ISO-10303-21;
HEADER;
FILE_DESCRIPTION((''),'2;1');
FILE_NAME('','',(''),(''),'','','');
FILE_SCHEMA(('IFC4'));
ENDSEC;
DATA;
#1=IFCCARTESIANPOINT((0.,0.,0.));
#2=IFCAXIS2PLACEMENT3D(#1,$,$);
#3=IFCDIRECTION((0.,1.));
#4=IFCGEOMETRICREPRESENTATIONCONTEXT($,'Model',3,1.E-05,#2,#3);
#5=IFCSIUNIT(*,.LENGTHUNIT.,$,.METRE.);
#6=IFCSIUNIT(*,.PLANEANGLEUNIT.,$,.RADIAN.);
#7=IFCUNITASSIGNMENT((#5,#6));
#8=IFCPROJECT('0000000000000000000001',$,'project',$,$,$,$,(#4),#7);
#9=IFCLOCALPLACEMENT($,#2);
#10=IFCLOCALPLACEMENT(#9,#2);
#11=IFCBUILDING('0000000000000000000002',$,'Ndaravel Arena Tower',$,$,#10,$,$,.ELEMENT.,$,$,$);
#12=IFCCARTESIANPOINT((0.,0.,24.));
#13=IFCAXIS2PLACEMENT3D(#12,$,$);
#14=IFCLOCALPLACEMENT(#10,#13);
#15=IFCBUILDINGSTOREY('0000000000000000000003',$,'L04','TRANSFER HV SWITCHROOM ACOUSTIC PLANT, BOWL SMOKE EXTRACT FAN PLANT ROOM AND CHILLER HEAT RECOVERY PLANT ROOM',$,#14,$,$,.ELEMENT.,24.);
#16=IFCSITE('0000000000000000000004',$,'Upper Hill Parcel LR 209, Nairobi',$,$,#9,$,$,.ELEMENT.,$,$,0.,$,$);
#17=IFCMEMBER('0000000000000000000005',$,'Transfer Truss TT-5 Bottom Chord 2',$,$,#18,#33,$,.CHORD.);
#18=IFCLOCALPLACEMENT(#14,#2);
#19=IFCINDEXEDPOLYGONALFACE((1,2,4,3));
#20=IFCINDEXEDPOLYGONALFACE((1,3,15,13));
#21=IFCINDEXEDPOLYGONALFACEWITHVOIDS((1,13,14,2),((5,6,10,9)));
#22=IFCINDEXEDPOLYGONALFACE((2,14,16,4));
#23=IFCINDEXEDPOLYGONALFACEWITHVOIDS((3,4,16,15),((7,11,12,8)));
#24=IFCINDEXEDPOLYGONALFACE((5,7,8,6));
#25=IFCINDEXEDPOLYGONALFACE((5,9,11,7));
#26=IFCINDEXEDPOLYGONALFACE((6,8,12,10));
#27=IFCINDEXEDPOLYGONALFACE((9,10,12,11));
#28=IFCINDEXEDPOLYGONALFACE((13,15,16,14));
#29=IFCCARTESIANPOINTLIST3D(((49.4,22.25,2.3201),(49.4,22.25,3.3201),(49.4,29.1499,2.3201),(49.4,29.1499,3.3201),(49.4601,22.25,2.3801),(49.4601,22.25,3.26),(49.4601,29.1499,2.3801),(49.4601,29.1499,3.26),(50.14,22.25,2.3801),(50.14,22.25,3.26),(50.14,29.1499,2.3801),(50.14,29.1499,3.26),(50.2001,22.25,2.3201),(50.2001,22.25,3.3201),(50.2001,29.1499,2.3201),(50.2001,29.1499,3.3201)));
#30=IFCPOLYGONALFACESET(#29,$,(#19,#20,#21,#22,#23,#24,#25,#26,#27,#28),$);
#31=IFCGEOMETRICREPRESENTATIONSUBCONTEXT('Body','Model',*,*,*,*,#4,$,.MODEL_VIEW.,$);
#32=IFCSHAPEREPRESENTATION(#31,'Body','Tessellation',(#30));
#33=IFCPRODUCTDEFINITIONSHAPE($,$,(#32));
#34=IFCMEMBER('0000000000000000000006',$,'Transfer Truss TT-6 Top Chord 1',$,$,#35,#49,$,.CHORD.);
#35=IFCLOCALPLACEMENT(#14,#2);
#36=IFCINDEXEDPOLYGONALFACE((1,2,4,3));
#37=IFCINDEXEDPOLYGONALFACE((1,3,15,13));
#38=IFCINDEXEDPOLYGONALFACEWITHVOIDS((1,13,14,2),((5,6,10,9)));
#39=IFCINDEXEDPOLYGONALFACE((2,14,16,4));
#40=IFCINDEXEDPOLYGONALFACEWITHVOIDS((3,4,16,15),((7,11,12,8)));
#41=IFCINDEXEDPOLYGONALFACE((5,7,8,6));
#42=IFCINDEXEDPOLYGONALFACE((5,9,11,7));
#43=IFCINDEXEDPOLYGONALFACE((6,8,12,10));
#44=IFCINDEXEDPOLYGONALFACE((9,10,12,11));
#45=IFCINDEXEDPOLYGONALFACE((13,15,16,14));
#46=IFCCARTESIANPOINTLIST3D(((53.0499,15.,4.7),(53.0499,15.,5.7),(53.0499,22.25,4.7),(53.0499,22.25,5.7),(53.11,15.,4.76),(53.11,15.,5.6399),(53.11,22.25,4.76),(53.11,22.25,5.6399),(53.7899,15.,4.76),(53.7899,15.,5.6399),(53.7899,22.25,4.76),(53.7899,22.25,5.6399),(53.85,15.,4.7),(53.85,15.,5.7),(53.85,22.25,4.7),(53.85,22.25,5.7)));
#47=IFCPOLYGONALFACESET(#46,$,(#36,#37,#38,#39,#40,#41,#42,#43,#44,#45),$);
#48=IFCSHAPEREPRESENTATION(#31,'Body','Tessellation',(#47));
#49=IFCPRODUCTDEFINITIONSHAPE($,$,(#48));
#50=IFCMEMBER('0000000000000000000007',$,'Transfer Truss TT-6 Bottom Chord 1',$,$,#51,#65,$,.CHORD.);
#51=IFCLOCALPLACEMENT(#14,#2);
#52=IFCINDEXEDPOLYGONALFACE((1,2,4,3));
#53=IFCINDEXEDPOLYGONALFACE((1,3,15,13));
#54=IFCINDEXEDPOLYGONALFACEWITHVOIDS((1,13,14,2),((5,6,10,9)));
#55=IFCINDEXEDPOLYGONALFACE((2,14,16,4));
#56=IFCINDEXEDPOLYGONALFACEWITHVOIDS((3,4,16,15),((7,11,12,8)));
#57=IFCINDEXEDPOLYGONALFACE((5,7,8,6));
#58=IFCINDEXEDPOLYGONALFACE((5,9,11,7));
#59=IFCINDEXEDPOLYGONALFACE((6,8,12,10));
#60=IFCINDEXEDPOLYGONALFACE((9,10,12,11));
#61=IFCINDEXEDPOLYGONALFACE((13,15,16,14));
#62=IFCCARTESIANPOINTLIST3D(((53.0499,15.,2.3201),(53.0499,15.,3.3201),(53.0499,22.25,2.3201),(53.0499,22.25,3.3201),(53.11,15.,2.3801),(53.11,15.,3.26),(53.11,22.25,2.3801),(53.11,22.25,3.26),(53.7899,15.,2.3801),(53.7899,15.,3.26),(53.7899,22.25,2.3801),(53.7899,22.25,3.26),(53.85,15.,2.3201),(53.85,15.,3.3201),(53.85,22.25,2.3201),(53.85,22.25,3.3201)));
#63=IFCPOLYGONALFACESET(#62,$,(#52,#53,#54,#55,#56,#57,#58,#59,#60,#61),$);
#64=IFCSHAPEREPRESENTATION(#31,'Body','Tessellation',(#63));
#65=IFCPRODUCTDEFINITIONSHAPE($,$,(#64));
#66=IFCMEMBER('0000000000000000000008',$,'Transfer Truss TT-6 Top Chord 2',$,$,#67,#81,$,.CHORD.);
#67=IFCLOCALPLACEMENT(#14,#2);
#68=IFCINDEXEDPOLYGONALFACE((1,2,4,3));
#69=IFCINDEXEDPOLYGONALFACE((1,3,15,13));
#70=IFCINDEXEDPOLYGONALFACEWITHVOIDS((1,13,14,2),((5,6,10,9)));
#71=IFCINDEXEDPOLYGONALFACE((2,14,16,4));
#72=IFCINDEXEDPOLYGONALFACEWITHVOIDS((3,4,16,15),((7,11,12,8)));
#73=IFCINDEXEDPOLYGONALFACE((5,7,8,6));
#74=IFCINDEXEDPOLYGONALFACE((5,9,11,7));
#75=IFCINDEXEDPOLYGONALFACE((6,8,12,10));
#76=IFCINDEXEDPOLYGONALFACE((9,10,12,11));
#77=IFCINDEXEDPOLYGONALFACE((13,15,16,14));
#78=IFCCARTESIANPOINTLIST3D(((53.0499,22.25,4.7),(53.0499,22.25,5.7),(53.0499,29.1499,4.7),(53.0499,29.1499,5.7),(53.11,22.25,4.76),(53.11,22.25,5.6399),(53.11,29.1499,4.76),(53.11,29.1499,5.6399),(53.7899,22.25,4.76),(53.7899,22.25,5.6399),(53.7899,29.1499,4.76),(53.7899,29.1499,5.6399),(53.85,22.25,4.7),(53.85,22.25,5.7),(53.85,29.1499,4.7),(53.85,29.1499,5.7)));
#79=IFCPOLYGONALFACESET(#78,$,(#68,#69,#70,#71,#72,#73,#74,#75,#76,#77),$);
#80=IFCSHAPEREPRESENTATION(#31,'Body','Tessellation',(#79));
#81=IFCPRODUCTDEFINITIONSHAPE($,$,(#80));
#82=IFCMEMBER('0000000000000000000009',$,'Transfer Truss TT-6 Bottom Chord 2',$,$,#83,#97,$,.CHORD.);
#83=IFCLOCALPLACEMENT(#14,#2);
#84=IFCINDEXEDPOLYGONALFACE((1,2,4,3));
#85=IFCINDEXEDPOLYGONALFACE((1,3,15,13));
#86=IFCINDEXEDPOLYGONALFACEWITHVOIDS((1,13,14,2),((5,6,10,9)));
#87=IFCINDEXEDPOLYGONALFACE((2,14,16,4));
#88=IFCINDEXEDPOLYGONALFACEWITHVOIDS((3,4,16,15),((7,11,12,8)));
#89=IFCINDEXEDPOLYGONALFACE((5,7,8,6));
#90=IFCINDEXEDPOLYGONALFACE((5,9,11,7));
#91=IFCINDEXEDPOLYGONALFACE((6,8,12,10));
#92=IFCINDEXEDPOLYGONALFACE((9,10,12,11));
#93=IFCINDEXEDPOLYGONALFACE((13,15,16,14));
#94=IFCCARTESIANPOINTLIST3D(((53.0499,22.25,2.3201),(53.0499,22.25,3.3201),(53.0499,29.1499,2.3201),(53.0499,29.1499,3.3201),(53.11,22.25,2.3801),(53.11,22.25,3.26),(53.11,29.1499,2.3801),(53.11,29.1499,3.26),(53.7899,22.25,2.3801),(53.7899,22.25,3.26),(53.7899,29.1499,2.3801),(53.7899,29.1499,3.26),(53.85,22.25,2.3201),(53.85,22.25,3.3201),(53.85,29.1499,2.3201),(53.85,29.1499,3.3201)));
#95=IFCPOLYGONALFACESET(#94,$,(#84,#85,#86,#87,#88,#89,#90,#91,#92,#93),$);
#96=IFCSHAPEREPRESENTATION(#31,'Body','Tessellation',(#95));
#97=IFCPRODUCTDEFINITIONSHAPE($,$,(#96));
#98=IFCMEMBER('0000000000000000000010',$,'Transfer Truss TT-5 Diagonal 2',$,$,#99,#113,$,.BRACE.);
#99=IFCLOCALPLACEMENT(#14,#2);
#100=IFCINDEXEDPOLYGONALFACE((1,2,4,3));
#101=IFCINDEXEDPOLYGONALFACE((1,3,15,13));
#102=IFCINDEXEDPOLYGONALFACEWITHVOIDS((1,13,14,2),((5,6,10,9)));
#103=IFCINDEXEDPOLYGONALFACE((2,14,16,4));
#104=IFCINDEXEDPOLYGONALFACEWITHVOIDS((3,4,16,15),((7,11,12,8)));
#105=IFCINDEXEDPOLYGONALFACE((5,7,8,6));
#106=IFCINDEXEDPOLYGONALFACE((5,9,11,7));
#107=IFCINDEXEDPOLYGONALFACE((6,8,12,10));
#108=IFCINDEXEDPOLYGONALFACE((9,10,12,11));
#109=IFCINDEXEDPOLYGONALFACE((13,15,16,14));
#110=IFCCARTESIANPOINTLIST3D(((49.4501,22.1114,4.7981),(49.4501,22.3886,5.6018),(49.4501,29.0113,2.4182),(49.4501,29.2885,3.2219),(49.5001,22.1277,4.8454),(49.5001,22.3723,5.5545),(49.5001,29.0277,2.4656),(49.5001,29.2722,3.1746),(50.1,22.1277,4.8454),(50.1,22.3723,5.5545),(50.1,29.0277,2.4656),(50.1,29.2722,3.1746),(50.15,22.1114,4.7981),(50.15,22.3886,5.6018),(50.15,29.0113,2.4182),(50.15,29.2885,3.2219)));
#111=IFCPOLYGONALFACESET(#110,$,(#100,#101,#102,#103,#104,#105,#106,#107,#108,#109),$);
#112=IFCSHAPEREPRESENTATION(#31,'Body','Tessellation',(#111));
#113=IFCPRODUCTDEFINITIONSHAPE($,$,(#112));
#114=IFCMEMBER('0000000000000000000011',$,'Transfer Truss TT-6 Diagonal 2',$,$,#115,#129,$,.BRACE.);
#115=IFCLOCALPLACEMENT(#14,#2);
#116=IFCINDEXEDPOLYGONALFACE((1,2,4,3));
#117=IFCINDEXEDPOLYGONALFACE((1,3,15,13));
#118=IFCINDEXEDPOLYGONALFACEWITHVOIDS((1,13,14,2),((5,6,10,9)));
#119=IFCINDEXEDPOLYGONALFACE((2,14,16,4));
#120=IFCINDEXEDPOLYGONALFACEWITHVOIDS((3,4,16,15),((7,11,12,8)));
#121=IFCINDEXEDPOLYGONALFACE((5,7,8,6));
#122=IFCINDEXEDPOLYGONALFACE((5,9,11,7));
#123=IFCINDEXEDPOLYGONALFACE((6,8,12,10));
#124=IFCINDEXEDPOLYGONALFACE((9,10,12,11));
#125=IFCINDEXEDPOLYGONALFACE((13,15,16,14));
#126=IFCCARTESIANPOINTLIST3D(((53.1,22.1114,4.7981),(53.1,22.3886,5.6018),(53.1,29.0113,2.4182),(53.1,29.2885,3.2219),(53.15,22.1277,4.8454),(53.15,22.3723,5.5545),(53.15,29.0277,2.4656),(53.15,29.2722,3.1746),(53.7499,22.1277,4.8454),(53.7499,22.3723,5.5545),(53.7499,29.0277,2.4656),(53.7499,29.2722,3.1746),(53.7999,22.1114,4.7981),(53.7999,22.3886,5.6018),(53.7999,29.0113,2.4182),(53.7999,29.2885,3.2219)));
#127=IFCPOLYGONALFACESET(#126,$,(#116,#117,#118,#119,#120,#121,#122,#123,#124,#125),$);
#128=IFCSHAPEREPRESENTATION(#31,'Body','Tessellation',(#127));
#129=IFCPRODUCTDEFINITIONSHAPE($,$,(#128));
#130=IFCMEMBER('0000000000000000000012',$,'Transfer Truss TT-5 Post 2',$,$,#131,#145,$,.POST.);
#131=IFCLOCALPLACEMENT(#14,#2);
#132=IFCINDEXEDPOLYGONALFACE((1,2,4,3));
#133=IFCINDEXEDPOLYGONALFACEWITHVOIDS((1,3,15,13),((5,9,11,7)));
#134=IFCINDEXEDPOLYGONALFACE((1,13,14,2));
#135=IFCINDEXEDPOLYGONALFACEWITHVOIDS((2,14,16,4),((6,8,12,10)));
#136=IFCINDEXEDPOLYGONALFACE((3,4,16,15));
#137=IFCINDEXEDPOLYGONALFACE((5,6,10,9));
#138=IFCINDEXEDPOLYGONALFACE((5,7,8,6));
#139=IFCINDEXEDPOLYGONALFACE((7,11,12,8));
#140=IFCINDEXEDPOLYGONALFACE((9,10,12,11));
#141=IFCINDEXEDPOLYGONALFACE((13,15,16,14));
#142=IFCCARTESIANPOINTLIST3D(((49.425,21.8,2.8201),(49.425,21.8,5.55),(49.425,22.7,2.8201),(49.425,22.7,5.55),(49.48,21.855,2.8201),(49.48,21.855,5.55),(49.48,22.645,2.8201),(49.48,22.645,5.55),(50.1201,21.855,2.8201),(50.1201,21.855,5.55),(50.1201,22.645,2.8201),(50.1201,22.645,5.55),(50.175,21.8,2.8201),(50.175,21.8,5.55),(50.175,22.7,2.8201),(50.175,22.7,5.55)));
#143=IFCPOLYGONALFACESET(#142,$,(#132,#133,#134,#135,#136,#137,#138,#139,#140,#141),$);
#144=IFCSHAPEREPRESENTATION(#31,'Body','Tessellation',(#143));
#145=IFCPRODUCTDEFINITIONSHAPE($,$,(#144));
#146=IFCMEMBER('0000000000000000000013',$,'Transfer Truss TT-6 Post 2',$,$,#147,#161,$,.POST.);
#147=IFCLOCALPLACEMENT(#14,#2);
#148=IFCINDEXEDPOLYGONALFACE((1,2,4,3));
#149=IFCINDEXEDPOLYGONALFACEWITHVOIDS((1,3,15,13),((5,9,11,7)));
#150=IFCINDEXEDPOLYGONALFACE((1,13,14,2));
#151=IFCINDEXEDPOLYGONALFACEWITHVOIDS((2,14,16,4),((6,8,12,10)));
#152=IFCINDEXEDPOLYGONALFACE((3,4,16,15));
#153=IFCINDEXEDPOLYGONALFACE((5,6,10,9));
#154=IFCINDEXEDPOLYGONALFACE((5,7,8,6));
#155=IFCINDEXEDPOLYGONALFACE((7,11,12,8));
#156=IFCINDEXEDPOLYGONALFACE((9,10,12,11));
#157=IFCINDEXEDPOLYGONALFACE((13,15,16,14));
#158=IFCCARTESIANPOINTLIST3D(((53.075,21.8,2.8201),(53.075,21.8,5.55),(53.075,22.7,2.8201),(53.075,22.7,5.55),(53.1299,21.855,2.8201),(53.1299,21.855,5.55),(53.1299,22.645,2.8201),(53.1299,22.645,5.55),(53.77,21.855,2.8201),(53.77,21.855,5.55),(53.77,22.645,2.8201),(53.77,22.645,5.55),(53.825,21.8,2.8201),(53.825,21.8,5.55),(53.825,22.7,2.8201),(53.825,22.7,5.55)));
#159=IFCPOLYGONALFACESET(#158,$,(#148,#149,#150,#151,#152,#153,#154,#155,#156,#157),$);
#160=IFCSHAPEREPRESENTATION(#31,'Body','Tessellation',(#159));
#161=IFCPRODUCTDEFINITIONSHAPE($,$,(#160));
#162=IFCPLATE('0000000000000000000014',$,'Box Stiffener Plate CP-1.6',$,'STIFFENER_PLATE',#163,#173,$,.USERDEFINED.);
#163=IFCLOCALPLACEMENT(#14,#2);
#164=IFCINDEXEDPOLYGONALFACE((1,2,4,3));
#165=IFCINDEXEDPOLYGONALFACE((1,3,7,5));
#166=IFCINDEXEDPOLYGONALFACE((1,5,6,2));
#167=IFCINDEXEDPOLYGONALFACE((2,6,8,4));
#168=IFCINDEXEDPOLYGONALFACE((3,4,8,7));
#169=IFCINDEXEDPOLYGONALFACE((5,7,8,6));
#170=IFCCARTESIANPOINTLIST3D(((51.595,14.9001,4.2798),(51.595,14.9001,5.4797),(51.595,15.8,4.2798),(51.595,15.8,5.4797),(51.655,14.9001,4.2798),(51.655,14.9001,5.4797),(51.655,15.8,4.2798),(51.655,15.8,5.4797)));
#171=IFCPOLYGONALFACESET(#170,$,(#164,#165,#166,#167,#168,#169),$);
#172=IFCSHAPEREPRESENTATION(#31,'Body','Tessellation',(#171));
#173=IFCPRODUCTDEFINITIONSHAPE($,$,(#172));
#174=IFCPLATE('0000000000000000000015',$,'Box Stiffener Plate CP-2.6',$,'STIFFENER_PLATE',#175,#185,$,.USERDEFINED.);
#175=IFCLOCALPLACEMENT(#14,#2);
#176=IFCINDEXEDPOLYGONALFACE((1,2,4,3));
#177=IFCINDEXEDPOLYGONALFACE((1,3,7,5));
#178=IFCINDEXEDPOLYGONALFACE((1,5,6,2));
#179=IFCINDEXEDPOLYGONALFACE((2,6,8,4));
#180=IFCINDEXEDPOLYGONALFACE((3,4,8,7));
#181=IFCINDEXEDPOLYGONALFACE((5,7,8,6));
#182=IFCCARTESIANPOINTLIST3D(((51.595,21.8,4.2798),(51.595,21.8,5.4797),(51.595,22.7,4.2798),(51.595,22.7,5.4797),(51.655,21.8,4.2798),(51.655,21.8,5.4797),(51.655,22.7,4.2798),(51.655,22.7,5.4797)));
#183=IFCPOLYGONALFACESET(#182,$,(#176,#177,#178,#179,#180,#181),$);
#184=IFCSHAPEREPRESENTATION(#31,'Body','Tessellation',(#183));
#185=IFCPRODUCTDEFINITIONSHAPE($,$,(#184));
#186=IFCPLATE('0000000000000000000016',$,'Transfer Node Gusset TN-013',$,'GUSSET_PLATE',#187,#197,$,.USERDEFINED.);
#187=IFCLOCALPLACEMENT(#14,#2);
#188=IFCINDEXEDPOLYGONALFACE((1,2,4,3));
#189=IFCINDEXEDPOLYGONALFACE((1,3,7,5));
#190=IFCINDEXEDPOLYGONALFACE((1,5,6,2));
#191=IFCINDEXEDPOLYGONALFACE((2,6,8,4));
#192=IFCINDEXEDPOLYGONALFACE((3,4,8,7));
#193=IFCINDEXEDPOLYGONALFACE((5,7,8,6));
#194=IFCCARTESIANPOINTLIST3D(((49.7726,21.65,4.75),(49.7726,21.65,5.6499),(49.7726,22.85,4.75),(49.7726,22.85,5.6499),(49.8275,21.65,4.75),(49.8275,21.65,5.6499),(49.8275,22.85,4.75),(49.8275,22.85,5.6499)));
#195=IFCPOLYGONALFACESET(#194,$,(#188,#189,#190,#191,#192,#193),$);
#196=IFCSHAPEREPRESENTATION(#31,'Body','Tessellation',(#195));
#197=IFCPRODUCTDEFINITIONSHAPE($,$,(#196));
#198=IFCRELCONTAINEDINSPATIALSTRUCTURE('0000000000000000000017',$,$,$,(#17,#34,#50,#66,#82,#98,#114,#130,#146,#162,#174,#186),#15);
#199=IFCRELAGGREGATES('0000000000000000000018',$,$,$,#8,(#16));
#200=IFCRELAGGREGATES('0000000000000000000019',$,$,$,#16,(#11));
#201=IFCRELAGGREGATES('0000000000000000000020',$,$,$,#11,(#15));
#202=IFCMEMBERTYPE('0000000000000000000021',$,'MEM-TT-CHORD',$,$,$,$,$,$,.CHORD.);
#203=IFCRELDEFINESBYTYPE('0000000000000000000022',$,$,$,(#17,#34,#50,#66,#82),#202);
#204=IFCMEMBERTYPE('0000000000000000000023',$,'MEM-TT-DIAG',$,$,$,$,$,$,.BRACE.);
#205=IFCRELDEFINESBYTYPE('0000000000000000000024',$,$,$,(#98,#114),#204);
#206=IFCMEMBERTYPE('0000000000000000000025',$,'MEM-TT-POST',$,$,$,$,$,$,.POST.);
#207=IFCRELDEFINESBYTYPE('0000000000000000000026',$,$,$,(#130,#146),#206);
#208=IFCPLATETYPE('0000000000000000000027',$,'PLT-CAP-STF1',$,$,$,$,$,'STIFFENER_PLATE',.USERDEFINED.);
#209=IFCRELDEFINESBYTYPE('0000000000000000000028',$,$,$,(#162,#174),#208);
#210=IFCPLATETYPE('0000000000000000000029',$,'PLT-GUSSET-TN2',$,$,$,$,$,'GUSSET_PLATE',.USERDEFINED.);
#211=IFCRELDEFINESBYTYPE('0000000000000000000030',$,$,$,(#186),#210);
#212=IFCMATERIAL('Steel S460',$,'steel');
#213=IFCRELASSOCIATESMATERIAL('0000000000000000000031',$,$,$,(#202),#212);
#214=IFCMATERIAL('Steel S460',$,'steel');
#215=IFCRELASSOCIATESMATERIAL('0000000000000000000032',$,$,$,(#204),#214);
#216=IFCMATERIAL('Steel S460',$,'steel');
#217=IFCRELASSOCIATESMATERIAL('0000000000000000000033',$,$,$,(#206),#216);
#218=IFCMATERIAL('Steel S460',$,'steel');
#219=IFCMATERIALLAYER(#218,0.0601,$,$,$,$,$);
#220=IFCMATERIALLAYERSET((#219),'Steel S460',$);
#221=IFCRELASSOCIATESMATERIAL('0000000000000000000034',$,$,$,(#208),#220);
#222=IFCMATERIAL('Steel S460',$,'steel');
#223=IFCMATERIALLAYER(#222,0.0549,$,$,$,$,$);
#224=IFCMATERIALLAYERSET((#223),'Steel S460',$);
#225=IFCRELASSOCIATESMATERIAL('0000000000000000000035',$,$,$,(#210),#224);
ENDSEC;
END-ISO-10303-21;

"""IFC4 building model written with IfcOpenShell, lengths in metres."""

from ifc_helpers import new_model, si_unit, direction, frame, origin, origin_2d, place, context, subcontext, project, spatial, rectangle, hollow_rectangle, extrude, material, layer, layer_set, material_profile, profile_set, type_object, element, save


model = new_model("IFC4")

# Units and contexts
model_context = context("Model", 3, precision=1e-05, world=origin(), true_north=direction((0.0, 1.0)))
body_context = subcontext(model_context, "Body", "Model", "MODEL_VIEW")
ifc_project = project(units=[si_unit("LENGTHUNIT", "METRE"), si_unit("PLANEANGLEUNIT", "RADIAN")], contexts=[model_context])

# Site, building, storey
site_placement = place(None, origin())
site = spatial("IfcSite", under=ifc_project, at=site_placement, Name="Upper Hill Parcel LR 209, Nairobi", CompositionType="ELEMENT", RefElevation=0.0)
building_placement = place(site_placement, origin())
building = spatial("IfcBuilding", under=site, at=building_placement, Name="Ndaravel Arena Tower", CompositionType="ELEMENT")
storey_placement = place(building_placement, frame((0.0, 0.0, 24.0)))
storey = spatial("IfcBuildingStorey", under=building, at=storey_placement, Name="L04", Description="TRANSFER HV SWITCHROOM ACOUSTIC PLANT, BOWL SMOKE EXTRACT FAN PLANT ROOM AND CHILLER HEAT RECOVERY PLANT ROOM", CompositionType="ELEMENT", Elevation=24.0)

# Members
ifc_material_1 = material(Name="Steel S460", Category="steel")
ifc_material_profile_1 = material_profile(ifc_material_1, hollow_rectangle(XDim=0.8, YDim=1.0, WallThickness=0.0601, at=origin_2d()), Name="BOX 1000x800x60")
ifc_profile_set_1 = profile_set([ifc_material_profile_1], Name="Steel S460")
member_type_1 = type_object("IfcMemberType", Name="MEM-TT-CHORD", PredefinedType="CHORD", material=ifc_profile_set_1)
for number, where, z_axis, x_axis, name in (
    (1, (49.8, 22.25, 2.8201), (0.0, 1.0, 0.0), (-1.0, 0.0, 0.0), "Transfer Truss TT-5 Bottom Chord 2"),
):
    element("IfcMember", number, at=place(storey_placement, frame(where, z_axis=z_axis, x_axis=x_axis)), inside=storey, type_object=member_type_1, Name=name, PredefinedType="CHORD", context=body_context, shape_type="SweptSolid", body=[
        extrude(hollow_rectangle(XDim=0.8, YDim=1.0, WallThickness=0.0601, at=origin_2d()), origin(), (0.0, 0.0, 1.0), 6.8999),
    ])
for number, where, z_axis, x_axis, name in (
    (2, (53.45, 15.0, 5.2), (0.0, 1.0, 0.0), (-1.0, 0.0, 0.0), "Transfer Truss TT-6 Top Chord 1"),
    (3, (53.45, 15.0, 2.8201), (0.0, 1.0, 0.0), (-1.0, 0.0, 0.0), "Transfer Truss TT-6 Bottom Chord 1"),
):
    element("IfcMember", number, at=place(storey_placement, frame(where, z_axis=z_axis, x_axis=x_axis)), inside=storey, type_object=member_type_1, Name=name, PredefinedType="CHORD", context=body_context, shape_type="SweptSolid", body=[
        extrude(hollow_rectangle(XDim=0.8, YDim=1.0, WallThickness=0.0601, at=origin_2d()), origin(), (0.0, 0.0, 1.0), 7.25),
    ])
for number, where, z_axis, x_axis, name in (
    (4, (53.45, 22.25, 5.2), (0.0, 1.0, 0.0), (-1.0, 0.0, 0.0), "Transfer Truss TT-6 Top Chord 2"),
    (5, (53.45, 22.25, 2.8201), (0.0, 1.0, 0.0), (-1.0, 0.0, 0.0), "Transfer Truss TT-6 Bottom Chord 2"),
):
    element("IfcMember", number, at=place(storey_placement, frame(where, z_axis=z_axis, x_axis=x_axis)), inside=storey, type_object=member_type_1, Name=name, PredefinedType="CHORD", context=body_context, shape_type="SweptSolid", body=[
        extrude(hollow_rectangle(XDim=0.8, YDim=1.0, WallThickness=0.0601, at=origin_2d()), origin(), (0.0, 0.0, 1.0), 6.8999),
    ])
ifc_material_2 = material(Name="Steel S460", Category="steel")
ifc_material_profile_2 = material_profile(ifc_material_2, hollow_rectangle(XDim=0.7, YDim=0.8501, WallThickness=0.05, at=origin_2d()), Name="BOX 850x700x50")
ifc_profile_set_2 = profile_set([ifc_material_profile_2], Name="Steel S460")
member_type_2 = type_object("IfcMemberType", Name="MEM-TT-DIAG", PredefinedType="BRACE", material=ifc_profile_set_2)
for number, where, z_axis, x_axis, name in (
    (6, (49.8, 22.25, 5.2), (0.0, 0.945347, -0.326065), (-1.0, 0.0, 0.0), "Transfer Truss TT-5 Diagonal 2"),
    (7, (53.45, 22.25, 5.2), (0.0, 0.945347, -0.326065), (-1.0, 0.0, 0.0), "Transfer Truss TT-6 Diagonal 2"),
):
    element("IfcMember", number, at=place(storey_placement, frame(where, z_axis=z_axis, x_axis=x_axis)), inside=storey, type_object=member_type_2, Name=name, PredefinedType="BRACE", context=body_context, shape_type="SweptSolid", body=[
        extrude(hollow_rectangle(XDim=0.7, YDim=0.8501, WallThickness=0.05, at=origin_2d()), origin(), (0.0, 0.0, 1.0), 7.2988),
    ])
ifc_material_3 = material(Name="Steel S460", Category="steel")
ifc_material_profile_3 = material_profile(ifc_material_3, hollow_rectangle(XDim=0.75, YDim=0.8999, WallThickness=0.0549, at=origin_2d()), Name="BOX 900x750x55")
ifc_profile_set_3 = profile_set([ifc_material_profile_3], Name="Steel S460")
member_type_3 = type_object("IfcMemberType", Name="MEM-TT-POST", PredefinedType="POST", material=ifc_profile_set_3)
for number, where, z_axis, x_axis, name in (
    (8, (49.8, 22.25, 2.8201), (0.0, 0.0, 1.0), (1.0, 0.0, 0.0), "Transfer Truss TT-5 Post 2"),
    (9, (53.45, 22.25, 2.8201), (0.0, 0.0, 1.0), (1.0, 0.0, 0.0), "Transfer Truss TT-6 Post 2"),
):
    element("IfcMember", number, at=place(storey_placement, frame(where, z_axis=z_axis, x_axis=x_axis)), inside=storey, type_object=member_type_3, Name=name, PredefinedType="POST", context=body_context, shape_type="SweptSolid", body=[
        extrude(hollow_rectangle(XDim=0.75, YDim=0.8999, WallThickness=0.0549, at=origin_2d()), origin(), (0.0, 0.0, 1.0), 2.73),
    ])

# Plates
ifc_material_4 = material(Name="Steel S460", Category="steel")
ifc_layer_1 = layer(ifc_material_4, 0.0601)
ifc_layer_set_1 = layer_set([ifc_layer_1], Name="Steel S460")
plate_type_1 = type_object("IfcPlateType", Name="PLT-CAP-STF1", ElementType="STIFFENER_PLATE", PredefinedType="USERDEFINED", material=ifc_layer_set_1)
for number, where, z_axis, x_axis, name in (
    (10, (51.625, 15.3501, 4.2798), (0.0, 0.0, 1.0), (1.0, 0.0, 0.0), "Box Stiffener Plate CP-1.6"),
    (11, (51.625, 22.25, 4.2798), (0.0, 0.0, 1.0), (1.0, 0.0, 0.0), "Box Stiffener Plate CP-2.6"),
):
    element("IfcPlate", number, at=place(storey_placement, frame(where, z_axis=z_axis, x_axis=x_axis)), inside=storey, type_object=plate_type_1, Name=name, ObjectType="STIFFENER_PLATE", PredefinedType="USERDEFINED", context=body_context, shape_type="SweptSolid", body=[
        extrude(rectangle(XDim=0.0601, YDim=0.8999, at=origin_2d()), origin(), (0.0, 0.0, 1.0), 1.2),
    ])
ifc_material_5 = material(Name="Steel S460", Category="steel")
ifc_layer_2 = layer(ifc_material_5, 0.0549)
ifc_layer_set_2 = layer_set([ifc_layer_2], Name="Steel S460")
plate_type_2 = type_object("IfcPlateType", Name="PLT-GUSSET-TN2", ElementType="GUSSET_PLATE", PredefinedType="USERDEFINED", material=ifc_layer_set_2)
for number, where, z_axis, x_axis, name in (
    (12, (49.8, 22.25, 4.75), (0.0, 0.0, 1.0), (1.0, 0.0, 0.0), "Transfer Node Gusset TN-013"),
):
    element("IfcPlate", number, at=place(storey_placement, frame(where, z_axis=z_axis, x_axis=x_axis)), inside=storey, type_object=plate_type_2, Name=name, ObjectType="GUSSET_PLATE", PredefinedType="USERDEFINED", context=body_context, shape_type="SweptSolid", body=[
        extrude(rectangle(XDim=0.0549, YDim=1.2, at=origin_2d()), origin(), (0.0, 0.0, 1.0), 0.8999),
    ])

save(model, "model.ifc")
